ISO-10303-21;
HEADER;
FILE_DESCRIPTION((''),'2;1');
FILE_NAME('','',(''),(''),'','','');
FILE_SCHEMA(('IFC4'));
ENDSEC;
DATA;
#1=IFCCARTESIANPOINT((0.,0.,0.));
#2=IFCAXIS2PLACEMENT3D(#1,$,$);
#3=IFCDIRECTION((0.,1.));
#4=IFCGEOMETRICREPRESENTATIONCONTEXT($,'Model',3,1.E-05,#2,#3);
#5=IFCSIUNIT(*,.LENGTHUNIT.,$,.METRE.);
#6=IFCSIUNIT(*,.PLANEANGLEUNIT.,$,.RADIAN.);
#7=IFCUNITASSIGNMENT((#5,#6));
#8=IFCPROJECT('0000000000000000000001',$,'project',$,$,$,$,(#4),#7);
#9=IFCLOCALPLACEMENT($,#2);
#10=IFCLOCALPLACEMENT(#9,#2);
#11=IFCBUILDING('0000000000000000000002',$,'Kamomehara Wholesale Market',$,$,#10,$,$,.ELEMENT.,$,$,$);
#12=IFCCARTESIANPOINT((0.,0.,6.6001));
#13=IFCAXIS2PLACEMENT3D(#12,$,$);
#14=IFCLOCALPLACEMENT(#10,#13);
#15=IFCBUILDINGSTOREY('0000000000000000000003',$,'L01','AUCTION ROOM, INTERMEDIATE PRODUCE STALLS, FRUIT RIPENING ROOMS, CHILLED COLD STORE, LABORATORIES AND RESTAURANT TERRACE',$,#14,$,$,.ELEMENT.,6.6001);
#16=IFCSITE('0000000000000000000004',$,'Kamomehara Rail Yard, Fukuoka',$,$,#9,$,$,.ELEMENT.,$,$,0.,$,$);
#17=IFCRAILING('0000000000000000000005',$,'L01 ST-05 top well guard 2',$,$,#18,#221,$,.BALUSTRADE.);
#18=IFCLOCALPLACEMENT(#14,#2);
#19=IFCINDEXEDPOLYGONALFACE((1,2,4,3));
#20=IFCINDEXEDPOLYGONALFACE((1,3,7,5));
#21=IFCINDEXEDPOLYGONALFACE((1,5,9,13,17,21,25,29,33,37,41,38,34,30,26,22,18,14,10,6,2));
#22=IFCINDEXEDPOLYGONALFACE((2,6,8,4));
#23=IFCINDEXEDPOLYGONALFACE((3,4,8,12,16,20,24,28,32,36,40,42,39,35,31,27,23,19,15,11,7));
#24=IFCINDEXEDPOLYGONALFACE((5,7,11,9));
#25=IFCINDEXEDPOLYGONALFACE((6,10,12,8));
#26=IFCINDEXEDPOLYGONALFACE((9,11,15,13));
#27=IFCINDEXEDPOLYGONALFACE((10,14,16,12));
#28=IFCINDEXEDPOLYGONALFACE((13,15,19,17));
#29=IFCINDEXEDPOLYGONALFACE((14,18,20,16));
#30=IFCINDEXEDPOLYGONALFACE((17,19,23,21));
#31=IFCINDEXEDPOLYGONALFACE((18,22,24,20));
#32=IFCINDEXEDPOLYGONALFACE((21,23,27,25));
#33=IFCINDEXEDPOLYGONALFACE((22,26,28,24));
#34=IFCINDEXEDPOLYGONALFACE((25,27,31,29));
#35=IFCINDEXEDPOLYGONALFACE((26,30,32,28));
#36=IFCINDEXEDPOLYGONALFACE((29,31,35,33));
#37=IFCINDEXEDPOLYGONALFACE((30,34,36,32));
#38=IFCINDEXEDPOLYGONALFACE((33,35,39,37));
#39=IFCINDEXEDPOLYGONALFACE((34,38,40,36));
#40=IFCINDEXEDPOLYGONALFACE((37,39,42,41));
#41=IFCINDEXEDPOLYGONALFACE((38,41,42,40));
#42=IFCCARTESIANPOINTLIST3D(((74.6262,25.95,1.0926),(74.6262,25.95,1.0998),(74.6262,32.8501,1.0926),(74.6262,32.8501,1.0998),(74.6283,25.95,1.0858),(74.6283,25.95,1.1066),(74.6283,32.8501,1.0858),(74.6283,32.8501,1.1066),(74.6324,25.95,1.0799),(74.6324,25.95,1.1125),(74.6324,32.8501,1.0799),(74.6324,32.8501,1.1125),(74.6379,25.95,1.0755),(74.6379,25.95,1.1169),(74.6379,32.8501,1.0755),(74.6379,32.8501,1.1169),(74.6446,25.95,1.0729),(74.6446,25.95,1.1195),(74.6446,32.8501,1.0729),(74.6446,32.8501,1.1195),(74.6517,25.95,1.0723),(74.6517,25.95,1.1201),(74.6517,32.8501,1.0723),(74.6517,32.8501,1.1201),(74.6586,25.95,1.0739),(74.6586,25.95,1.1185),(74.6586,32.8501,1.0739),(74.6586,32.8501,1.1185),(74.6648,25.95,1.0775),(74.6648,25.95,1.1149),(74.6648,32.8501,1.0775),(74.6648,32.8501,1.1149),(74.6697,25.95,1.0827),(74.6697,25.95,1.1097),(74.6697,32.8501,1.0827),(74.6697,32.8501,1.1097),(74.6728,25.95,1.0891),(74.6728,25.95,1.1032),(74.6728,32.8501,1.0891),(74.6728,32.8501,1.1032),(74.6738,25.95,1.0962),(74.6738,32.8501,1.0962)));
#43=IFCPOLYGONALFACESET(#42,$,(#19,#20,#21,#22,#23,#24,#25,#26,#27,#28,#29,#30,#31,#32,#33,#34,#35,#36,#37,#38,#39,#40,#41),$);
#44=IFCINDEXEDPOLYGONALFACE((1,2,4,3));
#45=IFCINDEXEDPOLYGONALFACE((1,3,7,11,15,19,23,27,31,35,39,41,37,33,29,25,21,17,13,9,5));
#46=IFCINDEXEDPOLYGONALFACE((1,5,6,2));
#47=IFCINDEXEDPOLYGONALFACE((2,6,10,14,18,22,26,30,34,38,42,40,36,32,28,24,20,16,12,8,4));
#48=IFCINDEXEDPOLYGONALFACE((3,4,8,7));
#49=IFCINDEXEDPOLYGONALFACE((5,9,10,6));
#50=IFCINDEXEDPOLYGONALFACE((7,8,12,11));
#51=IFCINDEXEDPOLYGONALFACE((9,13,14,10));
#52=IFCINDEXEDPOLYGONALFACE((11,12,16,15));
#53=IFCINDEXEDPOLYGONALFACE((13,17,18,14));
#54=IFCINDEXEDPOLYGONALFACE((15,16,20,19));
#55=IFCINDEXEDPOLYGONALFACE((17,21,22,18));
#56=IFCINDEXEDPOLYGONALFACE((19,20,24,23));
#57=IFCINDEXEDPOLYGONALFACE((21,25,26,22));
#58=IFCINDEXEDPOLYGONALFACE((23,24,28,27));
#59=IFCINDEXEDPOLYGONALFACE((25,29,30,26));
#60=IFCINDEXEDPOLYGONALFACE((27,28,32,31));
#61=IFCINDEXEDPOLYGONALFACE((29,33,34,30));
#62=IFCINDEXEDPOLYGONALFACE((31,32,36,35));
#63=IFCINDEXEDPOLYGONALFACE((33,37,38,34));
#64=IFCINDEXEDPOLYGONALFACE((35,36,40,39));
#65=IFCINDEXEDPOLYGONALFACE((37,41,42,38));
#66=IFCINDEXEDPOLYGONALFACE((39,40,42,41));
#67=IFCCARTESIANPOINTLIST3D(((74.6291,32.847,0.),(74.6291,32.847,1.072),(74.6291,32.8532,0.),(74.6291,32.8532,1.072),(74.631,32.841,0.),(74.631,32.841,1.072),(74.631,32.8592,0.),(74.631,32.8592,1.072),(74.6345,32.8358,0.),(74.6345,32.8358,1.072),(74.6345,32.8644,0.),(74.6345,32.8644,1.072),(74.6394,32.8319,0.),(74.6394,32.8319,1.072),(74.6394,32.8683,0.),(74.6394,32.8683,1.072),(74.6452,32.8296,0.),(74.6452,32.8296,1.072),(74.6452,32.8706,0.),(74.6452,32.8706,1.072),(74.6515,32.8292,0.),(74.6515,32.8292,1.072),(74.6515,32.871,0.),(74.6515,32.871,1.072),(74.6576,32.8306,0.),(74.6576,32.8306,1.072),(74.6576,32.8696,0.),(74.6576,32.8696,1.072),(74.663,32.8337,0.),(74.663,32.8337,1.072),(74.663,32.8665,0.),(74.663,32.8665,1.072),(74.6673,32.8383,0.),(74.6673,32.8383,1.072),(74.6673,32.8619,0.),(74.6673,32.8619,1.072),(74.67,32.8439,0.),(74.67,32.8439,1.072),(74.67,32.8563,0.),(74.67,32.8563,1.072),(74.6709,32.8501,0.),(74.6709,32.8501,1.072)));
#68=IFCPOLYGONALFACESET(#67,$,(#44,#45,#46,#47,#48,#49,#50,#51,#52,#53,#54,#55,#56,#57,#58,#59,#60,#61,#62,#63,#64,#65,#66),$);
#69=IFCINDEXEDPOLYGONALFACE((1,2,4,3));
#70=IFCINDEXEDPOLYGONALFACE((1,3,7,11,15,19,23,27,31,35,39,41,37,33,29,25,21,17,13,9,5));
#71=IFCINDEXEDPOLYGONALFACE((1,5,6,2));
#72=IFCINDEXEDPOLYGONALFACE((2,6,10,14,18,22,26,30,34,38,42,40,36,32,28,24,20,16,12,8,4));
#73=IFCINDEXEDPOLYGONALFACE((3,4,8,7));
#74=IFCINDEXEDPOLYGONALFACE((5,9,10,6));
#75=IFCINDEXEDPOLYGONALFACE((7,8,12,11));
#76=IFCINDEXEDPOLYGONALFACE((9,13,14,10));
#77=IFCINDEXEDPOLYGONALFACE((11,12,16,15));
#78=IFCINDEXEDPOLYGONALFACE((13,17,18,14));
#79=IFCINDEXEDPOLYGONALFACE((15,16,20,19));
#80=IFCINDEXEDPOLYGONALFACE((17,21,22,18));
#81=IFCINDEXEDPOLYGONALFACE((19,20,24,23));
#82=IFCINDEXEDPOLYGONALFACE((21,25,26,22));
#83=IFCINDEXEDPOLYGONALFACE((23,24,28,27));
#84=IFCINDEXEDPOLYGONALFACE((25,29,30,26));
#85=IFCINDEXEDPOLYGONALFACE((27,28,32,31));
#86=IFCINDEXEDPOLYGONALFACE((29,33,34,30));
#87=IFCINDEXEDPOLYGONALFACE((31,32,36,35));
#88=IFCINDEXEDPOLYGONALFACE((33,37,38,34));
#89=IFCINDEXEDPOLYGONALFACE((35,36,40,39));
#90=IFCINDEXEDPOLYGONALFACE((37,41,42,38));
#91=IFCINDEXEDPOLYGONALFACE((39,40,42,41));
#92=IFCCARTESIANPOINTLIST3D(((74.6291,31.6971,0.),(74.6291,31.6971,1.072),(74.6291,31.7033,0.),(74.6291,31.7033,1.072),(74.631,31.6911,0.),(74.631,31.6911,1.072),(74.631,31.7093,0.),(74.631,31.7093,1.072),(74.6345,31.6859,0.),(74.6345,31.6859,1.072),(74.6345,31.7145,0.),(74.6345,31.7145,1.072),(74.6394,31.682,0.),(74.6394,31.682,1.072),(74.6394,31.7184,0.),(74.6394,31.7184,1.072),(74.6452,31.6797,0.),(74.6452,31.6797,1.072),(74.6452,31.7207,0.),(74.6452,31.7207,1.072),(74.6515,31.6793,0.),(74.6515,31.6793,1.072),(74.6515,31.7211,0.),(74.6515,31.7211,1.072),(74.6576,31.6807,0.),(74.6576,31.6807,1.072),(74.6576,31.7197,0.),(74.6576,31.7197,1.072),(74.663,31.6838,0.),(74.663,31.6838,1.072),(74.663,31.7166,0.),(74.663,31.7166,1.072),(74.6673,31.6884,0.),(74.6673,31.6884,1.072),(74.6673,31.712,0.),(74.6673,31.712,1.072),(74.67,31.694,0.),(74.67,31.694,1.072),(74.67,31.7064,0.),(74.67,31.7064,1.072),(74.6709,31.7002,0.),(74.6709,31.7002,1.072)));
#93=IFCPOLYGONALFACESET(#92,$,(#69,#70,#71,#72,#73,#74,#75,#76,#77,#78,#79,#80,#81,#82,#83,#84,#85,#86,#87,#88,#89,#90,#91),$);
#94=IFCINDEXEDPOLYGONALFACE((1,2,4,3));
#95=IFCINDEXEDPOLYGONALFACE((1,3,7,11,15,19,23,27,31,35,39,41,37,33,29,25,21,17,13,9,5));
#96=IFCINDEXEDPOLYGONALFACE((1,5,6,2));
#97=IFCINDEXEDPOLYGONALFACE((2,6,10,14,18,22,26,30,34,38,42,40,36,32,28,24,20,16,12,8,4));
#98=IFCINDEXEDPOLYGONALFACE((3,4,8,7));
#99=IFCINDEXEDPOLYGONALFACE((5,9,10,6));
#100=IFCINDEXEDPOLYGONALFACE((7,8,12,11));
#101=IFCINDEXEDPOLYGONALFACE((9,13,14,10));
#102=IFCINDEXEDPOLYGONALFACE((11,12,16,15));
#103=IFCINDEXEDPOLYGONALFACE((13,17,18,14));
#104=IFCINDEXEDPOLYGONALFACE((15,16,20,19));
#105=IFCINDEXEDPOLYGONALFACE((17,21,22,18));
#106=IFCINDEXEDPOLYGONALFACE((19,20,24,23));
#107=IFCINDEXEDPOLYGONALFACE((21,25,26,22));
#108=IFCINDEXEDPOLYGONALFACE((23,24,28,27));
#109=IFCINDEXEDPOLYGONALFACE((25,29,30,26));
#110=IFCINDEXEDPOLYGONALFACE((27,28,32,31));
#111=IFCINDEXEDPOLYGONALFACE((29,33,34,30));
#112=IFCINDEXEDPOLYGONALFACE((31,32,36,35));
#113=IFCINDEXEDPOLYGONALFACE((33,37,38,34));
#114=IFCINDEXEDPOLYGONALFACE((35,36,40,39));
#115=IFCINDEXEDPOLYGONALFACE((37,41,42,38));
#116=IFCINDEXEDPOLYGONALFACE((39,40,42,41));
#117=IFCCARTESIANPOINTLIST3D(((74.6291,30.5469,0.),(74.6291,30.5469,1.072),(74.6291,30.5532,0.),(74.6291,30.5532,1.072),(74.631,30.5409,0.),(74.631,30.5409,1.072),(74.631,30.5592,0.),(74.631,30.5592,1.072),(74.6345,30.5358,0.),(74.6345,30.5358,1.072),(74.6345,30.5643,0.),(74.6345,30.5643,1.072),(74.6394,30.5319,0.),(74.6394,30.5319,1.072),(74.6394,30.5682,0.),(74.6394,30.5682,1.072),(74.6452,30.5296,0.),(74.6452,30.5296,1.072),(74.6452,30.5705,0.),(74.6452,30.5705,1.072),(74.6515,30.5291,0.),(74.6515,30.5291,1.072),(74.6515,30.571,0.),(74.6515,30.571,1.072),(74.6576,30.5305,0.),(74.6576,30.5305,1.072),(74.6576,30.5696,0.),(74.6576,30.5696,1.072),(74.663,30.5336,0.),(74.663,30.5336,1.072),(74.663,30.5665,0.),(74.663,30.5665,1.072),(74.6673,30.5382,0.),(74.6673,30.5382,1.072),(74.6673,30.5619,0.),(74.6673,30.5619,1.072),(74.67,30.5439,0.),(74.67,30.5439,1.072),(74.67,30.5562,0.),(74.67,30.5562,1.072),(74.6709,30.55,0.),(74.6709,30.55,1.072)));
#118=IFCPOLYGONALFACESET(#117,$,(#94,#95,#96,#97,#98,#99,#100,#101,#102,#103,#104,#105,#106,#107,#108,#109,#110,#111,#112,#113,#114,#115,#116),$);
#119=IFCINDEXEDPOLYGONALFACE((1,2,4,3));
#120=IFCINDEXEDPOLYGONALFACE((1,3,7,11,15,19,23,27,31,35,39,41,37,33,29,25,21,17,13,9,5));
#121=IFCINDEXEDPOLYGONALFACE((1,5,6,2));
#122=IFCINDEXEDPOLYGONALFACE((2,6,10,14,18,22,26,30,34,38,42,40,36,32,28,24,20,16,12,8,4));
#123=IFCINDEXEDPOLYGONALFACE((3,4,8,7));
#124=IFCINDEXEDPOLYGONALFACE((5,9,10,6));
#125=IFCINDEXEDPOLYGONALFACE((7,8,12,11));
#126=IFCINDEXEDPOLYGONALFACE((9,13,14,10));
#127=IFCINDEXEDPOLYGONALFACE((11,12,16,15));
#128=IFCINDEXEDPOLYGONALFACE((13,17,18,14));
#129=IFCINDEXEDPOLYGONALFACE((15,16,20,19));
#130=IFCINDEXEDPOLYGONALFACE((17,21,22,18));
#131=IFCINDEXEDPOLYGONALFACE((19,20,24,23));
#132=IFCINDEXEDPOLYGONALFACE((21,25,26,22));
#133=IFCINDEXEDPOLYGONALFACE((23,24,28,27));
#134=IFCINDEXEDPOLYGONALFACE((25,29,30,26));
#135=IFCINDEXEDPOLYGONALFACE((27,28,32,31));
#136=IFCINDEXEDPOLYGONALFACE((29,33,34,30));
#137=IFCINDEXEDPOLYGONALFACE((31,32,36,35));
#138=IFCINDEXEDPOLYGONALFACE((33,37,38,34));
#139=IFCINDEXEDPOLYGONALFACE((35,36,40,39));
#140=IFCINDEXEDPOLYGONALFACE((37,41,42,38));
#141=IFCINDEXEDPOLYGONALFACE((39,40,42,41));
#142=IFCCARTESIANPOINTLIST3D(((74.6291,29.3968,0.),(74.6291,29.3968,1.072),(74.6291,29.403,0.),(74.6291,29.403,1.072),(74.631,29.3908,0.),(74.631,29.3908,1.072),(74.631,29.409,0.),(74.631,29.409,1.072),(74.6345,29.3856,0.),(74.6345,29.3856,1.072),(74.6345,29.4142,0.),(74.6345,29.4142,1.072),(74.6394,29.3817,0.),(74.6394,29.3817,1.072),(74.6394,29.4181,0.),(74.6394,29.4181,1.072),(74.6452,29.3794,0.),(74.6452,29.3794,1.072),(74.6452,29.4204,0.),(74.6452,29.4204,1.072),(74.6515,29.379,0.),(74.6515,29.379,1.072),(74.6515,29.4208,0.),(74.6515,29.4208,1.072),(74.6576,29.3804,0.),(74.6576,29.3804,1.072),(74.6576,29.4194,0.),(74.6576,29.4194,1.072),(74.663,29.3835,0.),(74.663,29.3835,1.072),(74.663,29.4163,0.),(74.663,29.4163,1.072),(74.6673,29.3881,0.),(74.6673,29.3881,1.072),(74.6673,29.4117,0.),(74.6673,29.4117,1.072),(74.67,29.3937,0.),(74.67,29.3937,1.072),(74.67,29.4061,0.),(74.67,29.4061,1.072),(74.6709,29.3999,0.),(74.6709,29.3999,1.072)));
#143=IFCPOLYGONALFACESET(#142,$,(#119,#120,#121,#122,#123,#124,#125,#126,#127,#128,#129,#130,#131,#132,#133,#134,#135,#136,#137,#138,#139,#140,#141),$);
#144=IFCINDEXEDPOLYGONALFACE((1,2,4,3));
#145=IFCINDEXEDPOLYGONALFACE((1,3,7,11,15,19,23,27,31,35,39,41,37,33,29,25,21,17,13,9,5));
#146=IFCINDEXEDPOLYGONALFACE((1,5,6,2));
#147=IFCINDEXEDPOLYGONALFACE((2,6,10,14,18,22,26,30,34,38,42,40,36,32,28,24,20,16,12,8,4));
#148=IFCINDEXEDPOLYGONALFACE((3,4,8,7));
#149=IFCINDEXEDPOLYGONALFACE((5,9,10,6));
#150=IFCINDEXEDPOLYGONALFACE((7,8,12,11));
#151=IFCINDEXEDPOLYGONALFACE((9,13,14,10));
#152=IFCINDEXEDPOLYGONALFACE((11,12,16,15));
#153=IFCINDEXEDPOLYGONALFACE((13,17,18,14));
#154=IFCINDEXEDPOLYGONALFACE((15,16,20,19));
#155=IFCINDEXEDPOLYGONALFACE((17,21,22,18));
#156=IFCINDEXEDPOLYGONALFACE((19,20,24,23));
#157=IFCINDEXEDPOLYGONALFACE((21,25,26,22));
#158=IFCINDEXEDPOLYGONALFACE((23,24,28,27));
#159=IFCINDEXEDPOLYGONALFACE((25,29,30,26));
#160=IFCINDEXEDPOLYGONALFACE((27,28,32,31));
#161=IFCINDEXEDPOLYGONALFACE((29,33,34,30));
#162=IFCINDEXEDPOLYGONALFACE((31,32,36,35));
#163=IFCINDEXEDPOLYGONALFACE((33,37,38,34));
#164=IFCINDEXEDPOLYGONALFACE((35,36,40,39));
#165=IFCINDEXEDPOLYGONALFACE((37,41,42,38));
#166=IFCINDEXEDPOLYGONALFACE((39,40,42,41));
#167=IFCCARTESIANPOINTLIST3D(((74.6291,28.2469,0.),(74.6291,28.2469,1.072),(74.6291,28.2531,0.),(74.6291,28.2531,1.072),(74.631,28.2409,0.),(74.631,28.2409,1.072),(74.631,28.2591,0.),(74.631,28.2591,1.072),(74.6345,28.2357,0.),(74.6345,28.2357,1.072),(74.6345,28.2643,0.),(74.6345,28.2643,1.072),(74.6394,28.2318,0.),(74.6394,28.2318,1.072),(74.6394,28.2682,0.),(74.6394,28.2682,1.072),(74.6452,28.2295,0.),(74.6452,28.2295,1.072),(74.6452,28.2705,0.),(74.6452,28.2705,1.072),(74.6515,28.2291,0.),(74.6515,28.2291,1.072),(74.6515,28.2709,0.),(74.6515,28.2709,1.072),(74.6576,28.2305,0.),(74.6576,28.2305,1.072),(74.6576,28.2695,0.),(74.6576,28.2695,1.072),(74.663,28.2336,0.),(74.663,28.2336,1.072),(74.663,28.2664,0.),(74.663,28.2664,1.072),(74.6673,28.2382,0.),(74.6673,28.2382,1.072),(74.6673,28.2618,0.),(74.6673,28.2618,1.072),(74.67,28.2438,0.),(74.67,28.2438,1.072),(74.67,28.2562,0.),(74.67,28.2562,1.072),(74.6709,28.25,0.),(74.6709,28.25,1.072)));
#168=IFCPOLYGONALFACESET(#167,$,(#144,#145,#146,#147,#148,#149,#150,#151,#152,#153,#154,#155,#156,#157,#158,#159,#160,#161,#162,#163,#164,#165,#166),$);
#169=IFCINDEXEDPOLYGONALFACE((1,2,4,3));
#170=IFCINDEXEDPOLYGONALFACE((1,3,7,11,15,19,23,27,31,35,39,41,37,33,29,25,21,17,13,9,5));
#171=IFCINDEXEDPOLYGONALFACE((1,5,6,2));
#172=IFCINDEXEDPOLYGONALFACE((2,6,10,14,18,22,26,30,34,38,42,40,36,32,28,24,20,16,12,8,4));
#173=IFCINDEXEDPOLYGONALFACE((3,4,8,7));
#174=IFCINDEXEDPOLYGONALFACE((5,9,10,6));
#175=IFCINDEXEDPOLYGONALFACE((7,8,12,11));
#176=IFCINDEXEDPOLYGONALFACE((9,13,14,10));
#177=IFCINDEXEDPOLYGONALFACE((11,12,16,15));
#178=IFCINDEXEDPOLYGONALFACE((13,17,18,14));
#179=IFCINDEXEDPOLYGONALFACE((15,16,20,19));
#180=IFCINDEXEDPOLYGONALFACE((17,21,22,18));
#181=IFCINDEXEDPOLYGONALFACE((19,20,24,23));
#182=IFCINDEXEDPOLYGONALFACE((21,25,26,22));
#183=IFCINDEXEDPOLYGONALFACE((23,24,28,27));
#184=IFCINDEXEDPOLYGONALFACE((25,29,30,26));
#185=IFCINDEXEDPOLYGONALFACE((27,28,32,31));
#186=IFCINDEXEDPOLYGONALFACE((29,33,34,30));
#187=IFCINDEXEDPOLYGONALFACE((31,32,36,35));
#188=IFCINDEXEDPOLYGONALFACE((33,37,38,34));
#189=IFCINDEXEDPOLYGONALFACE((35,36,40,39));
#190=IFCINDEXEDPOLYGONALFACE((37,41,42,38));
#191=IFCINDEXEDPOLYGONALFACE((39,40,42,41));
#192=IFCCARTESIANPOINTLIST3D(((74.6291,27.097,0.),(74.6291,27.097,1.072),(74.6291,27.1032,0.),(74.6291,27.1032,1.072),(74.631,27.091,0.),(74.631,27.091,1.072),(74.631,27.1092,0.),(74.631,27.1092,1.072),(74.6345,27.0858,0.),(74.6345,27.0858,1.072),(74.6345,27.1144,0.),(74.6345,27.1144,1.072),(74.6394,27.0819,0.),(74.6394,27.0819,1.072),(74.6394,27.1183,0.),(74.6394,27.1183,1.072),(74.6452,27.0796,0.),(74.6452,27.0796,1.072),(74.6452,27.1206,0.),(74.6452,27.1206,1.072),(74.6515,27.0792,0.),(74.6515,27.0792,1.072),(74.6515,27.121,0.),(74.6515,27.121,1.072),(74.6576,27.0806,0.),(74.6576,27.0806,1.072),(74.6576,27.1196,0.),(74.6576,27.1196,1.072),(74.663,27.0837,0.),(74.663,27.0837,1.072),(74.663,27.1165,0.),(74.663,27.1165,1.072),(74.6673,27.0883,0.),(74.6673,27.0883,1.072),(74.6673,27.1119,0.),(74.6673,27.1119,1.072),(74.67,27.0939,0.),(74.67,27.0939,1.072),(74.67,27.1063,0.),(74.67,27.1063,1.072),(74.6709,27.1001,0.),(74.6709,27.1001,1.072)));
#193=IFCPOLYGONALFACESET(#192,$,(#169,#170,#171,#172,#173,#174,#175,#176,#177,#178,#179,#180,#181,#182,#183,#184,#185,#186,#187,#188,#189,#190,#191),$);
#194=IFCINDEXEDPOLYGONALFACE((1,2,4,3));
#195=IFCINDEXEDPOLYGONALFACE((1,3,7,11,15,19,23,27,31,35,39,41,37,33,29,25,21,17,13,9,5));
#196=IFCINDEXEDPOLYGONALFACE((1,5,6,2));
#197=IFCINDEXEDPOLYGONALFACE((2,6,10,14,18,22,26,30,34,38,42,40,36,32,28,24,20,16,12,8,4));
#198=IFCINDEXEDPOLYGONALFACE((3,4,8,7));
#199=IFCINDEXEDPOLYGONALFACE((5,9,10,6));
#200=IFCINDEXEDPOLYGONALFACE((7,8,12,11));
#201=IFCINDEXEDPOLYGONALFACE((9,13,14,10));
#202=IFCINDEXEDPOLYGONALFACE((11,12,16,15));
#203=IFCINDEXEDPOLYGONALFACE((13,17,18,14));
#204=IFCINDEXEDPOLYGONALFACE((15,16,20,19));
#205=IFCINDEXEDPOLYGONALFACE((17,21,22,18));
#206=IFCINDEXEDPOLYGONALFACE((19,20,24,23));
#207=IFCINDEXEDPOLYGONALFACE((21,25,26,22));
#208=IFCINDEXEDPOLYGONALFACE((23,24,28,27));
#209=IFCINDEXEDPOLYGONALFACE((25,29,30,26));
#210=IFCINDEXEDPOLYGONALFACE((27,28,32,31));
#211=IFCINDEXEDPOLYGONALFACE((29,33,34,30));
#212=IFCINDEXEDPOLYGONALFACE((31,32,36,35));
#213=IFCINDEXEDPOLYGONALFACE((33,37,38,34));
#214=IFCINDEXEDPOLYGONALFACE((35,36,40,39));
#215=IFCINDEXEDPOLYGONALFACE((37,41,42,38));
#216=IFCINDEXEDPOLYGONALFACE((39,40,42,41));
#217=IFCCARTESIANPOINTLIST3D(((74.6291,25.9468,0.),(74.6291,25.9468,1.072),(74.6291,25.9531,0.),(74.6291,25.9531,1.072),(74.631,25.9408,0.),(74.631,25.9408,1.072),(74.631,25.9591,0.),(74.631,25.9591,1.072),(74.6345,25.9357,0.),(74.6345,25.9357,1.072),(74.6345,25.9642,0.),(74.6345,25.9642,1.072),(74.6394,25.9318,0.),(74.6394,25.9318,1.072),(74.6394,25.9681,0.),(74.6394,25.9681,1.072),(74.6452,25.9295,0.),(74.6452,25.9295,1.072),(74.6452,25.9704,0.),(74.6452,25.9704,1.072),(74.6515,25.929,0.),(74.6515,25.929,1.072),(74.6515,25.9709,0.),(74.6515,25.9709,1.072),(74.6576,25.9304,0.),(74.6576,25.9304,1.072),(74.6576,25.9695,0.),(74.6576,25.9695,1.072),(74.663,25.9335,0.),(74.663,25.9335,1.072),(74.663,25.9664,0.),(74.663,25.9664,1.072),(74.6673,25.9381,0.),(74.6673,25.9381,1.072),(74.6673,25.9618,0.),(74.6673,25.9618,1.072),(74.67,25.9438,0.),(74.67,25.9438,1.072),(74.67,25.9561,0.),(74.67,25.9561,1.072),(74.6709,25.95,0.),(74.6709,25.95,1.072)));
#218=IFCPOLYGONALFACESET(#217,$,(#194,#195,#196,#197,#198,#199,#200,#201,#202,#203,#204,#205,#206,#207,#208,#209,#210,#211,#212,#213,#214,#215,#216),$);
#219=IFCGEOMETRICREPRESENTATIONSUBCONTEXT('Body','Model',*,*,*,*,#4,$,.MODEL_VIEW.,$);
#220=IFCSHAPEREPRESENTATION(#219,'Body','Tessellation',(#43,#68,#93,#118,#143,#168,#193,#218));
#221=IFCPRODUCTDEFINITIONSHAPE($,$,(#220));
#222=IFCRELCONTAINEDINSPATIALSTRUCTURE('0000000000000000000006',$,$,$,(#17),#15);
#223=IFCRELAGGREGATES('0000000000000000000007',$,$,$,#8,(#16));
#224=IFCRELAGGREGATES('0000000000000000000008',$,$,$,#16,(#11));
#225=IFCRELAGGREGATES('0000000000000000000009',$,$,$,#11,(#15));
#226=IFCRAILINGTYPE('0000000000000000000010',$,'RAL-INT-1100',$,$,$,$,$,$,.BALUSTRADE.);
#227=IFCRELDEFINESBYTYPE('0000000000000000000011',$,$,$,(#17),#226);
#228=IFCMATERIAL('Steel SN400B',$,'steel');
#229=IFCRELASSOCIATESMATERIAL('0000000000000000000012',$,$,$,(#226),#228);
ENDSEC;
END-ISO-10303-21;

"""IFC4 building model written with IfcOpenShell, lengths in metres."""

from ifc_helpers import new_model, si_unit, direction, frame, origin, origin_2d, place, context, subcontext, project, spatial, circle, extrude, material, type_object, element, save


model = new_model("IFC4")

# Units and contexts
model_context = context("Model", 3, precision=1e-05, world=origin(), true_north=direction((0.0, 1.0)))
body_context = subcontext(model_context, "Body", "Model", "MODEL_VIEW")
ifc_project = project(units=[si_unit("LENGTHUNIT", "METRE"), si_unit("PLANEANGLEUNIT", "RADIAN")], contexts=[model_context])

# Site, building, storey
site_placement = place(None, origin())
site = spatial("IfcSite", under=ifc_project, at=site_placement, Name="Kamomehara Rail Yard, Fukuoka", CompositionType="ELEMENT", RefElevation=0.0)
building_placement = place(site_placement, origin())
building = spatial("IfcBuilding", under=site, at=building_placement, Name="Kamomehara Wholesale Market", CompositionType="ELEMENT")
storey_placement = place(building_placement, frame((0.0, 0.0, 6.6001)))
storey = spatial("IfcBuildingStorey", under=building, at=storey_placement, Name="L01", Description="AUCTION ROOM, INTERMEDIATE PRODUCE STALLS, FRUIT RIPENING ROOMS, CHILLED COLD STORE, LABORATORIES AND RESTAURANT TERRACE", CompositionType="ELEMENT", Elevation=6.6001)

# Railing
ifc_material_1 = material(Name="Steel SN400B", Category="steel")
railing_type = type_object("IfcRailingType", Name="RAL-INT-1100", PredefinedType="BALUSTRADE", material=ifc_material_1)
railing_1_placement = place(storey_placement, frame((74.6499, 32.8501, 0.0)))
element("IfcRailing", 1, at=railing_1_placement, inside=storey, type_object=railing_type, Name="L01 ST-05 top well guard 2", PredefinedType="BALUSTRADE", context=body_context, shape_type="SweptSolid", body=[
    extrude(circle(Radius=0.0239, at=origin_2d()), frame((0.0, 0.0, 1.0962), z_axis=(0.0, -1.0, 0.0), x_axis=(1.0, 0.0, 0.0)), (0.0, 0.0, 1.0), 6.9001),
    extrude(circle(Radius=0.021, at=origin_2d()), origin(), (0.0, 0.0, 1.0), 1.072),
    extrude(circle(Radius=0.021, at=origin_2d()), frame((0.0, -1.1499, 0.0)), (0.0, 0.0, 1.0), 1.072),
    extrude(circle(Radius=0.021, at=origin_2d()), frame((0.0, -2.3, 0.0)), (0.0, 0.0, 1.0), 1.072),
    extrude(circle(Radius=0.021, at=origin_2d()), frame((0.0, -3.4502, 0.0)), (0.0, 0.0, 1.0), 1.072),
    extrude(circle(Radius=0.021, at=origin_2d()), frame((0.0, -4.6001, 0.0)), (0.0, 0.0, 1.0), 1.072),
    extrude(circle(Radius=0.021, at=origin_2d()), frame((0.0, -5.75, 0.0)), (0.0, 0.0, 1.0), 1.072),
    extrude(circle(Radius=0.021, at=origin_2d()), frame((0.0, -6.9001, 0.0)), (0.0, 0.0, 1.0), 1.072),
])

save(model, "model.ifc")
